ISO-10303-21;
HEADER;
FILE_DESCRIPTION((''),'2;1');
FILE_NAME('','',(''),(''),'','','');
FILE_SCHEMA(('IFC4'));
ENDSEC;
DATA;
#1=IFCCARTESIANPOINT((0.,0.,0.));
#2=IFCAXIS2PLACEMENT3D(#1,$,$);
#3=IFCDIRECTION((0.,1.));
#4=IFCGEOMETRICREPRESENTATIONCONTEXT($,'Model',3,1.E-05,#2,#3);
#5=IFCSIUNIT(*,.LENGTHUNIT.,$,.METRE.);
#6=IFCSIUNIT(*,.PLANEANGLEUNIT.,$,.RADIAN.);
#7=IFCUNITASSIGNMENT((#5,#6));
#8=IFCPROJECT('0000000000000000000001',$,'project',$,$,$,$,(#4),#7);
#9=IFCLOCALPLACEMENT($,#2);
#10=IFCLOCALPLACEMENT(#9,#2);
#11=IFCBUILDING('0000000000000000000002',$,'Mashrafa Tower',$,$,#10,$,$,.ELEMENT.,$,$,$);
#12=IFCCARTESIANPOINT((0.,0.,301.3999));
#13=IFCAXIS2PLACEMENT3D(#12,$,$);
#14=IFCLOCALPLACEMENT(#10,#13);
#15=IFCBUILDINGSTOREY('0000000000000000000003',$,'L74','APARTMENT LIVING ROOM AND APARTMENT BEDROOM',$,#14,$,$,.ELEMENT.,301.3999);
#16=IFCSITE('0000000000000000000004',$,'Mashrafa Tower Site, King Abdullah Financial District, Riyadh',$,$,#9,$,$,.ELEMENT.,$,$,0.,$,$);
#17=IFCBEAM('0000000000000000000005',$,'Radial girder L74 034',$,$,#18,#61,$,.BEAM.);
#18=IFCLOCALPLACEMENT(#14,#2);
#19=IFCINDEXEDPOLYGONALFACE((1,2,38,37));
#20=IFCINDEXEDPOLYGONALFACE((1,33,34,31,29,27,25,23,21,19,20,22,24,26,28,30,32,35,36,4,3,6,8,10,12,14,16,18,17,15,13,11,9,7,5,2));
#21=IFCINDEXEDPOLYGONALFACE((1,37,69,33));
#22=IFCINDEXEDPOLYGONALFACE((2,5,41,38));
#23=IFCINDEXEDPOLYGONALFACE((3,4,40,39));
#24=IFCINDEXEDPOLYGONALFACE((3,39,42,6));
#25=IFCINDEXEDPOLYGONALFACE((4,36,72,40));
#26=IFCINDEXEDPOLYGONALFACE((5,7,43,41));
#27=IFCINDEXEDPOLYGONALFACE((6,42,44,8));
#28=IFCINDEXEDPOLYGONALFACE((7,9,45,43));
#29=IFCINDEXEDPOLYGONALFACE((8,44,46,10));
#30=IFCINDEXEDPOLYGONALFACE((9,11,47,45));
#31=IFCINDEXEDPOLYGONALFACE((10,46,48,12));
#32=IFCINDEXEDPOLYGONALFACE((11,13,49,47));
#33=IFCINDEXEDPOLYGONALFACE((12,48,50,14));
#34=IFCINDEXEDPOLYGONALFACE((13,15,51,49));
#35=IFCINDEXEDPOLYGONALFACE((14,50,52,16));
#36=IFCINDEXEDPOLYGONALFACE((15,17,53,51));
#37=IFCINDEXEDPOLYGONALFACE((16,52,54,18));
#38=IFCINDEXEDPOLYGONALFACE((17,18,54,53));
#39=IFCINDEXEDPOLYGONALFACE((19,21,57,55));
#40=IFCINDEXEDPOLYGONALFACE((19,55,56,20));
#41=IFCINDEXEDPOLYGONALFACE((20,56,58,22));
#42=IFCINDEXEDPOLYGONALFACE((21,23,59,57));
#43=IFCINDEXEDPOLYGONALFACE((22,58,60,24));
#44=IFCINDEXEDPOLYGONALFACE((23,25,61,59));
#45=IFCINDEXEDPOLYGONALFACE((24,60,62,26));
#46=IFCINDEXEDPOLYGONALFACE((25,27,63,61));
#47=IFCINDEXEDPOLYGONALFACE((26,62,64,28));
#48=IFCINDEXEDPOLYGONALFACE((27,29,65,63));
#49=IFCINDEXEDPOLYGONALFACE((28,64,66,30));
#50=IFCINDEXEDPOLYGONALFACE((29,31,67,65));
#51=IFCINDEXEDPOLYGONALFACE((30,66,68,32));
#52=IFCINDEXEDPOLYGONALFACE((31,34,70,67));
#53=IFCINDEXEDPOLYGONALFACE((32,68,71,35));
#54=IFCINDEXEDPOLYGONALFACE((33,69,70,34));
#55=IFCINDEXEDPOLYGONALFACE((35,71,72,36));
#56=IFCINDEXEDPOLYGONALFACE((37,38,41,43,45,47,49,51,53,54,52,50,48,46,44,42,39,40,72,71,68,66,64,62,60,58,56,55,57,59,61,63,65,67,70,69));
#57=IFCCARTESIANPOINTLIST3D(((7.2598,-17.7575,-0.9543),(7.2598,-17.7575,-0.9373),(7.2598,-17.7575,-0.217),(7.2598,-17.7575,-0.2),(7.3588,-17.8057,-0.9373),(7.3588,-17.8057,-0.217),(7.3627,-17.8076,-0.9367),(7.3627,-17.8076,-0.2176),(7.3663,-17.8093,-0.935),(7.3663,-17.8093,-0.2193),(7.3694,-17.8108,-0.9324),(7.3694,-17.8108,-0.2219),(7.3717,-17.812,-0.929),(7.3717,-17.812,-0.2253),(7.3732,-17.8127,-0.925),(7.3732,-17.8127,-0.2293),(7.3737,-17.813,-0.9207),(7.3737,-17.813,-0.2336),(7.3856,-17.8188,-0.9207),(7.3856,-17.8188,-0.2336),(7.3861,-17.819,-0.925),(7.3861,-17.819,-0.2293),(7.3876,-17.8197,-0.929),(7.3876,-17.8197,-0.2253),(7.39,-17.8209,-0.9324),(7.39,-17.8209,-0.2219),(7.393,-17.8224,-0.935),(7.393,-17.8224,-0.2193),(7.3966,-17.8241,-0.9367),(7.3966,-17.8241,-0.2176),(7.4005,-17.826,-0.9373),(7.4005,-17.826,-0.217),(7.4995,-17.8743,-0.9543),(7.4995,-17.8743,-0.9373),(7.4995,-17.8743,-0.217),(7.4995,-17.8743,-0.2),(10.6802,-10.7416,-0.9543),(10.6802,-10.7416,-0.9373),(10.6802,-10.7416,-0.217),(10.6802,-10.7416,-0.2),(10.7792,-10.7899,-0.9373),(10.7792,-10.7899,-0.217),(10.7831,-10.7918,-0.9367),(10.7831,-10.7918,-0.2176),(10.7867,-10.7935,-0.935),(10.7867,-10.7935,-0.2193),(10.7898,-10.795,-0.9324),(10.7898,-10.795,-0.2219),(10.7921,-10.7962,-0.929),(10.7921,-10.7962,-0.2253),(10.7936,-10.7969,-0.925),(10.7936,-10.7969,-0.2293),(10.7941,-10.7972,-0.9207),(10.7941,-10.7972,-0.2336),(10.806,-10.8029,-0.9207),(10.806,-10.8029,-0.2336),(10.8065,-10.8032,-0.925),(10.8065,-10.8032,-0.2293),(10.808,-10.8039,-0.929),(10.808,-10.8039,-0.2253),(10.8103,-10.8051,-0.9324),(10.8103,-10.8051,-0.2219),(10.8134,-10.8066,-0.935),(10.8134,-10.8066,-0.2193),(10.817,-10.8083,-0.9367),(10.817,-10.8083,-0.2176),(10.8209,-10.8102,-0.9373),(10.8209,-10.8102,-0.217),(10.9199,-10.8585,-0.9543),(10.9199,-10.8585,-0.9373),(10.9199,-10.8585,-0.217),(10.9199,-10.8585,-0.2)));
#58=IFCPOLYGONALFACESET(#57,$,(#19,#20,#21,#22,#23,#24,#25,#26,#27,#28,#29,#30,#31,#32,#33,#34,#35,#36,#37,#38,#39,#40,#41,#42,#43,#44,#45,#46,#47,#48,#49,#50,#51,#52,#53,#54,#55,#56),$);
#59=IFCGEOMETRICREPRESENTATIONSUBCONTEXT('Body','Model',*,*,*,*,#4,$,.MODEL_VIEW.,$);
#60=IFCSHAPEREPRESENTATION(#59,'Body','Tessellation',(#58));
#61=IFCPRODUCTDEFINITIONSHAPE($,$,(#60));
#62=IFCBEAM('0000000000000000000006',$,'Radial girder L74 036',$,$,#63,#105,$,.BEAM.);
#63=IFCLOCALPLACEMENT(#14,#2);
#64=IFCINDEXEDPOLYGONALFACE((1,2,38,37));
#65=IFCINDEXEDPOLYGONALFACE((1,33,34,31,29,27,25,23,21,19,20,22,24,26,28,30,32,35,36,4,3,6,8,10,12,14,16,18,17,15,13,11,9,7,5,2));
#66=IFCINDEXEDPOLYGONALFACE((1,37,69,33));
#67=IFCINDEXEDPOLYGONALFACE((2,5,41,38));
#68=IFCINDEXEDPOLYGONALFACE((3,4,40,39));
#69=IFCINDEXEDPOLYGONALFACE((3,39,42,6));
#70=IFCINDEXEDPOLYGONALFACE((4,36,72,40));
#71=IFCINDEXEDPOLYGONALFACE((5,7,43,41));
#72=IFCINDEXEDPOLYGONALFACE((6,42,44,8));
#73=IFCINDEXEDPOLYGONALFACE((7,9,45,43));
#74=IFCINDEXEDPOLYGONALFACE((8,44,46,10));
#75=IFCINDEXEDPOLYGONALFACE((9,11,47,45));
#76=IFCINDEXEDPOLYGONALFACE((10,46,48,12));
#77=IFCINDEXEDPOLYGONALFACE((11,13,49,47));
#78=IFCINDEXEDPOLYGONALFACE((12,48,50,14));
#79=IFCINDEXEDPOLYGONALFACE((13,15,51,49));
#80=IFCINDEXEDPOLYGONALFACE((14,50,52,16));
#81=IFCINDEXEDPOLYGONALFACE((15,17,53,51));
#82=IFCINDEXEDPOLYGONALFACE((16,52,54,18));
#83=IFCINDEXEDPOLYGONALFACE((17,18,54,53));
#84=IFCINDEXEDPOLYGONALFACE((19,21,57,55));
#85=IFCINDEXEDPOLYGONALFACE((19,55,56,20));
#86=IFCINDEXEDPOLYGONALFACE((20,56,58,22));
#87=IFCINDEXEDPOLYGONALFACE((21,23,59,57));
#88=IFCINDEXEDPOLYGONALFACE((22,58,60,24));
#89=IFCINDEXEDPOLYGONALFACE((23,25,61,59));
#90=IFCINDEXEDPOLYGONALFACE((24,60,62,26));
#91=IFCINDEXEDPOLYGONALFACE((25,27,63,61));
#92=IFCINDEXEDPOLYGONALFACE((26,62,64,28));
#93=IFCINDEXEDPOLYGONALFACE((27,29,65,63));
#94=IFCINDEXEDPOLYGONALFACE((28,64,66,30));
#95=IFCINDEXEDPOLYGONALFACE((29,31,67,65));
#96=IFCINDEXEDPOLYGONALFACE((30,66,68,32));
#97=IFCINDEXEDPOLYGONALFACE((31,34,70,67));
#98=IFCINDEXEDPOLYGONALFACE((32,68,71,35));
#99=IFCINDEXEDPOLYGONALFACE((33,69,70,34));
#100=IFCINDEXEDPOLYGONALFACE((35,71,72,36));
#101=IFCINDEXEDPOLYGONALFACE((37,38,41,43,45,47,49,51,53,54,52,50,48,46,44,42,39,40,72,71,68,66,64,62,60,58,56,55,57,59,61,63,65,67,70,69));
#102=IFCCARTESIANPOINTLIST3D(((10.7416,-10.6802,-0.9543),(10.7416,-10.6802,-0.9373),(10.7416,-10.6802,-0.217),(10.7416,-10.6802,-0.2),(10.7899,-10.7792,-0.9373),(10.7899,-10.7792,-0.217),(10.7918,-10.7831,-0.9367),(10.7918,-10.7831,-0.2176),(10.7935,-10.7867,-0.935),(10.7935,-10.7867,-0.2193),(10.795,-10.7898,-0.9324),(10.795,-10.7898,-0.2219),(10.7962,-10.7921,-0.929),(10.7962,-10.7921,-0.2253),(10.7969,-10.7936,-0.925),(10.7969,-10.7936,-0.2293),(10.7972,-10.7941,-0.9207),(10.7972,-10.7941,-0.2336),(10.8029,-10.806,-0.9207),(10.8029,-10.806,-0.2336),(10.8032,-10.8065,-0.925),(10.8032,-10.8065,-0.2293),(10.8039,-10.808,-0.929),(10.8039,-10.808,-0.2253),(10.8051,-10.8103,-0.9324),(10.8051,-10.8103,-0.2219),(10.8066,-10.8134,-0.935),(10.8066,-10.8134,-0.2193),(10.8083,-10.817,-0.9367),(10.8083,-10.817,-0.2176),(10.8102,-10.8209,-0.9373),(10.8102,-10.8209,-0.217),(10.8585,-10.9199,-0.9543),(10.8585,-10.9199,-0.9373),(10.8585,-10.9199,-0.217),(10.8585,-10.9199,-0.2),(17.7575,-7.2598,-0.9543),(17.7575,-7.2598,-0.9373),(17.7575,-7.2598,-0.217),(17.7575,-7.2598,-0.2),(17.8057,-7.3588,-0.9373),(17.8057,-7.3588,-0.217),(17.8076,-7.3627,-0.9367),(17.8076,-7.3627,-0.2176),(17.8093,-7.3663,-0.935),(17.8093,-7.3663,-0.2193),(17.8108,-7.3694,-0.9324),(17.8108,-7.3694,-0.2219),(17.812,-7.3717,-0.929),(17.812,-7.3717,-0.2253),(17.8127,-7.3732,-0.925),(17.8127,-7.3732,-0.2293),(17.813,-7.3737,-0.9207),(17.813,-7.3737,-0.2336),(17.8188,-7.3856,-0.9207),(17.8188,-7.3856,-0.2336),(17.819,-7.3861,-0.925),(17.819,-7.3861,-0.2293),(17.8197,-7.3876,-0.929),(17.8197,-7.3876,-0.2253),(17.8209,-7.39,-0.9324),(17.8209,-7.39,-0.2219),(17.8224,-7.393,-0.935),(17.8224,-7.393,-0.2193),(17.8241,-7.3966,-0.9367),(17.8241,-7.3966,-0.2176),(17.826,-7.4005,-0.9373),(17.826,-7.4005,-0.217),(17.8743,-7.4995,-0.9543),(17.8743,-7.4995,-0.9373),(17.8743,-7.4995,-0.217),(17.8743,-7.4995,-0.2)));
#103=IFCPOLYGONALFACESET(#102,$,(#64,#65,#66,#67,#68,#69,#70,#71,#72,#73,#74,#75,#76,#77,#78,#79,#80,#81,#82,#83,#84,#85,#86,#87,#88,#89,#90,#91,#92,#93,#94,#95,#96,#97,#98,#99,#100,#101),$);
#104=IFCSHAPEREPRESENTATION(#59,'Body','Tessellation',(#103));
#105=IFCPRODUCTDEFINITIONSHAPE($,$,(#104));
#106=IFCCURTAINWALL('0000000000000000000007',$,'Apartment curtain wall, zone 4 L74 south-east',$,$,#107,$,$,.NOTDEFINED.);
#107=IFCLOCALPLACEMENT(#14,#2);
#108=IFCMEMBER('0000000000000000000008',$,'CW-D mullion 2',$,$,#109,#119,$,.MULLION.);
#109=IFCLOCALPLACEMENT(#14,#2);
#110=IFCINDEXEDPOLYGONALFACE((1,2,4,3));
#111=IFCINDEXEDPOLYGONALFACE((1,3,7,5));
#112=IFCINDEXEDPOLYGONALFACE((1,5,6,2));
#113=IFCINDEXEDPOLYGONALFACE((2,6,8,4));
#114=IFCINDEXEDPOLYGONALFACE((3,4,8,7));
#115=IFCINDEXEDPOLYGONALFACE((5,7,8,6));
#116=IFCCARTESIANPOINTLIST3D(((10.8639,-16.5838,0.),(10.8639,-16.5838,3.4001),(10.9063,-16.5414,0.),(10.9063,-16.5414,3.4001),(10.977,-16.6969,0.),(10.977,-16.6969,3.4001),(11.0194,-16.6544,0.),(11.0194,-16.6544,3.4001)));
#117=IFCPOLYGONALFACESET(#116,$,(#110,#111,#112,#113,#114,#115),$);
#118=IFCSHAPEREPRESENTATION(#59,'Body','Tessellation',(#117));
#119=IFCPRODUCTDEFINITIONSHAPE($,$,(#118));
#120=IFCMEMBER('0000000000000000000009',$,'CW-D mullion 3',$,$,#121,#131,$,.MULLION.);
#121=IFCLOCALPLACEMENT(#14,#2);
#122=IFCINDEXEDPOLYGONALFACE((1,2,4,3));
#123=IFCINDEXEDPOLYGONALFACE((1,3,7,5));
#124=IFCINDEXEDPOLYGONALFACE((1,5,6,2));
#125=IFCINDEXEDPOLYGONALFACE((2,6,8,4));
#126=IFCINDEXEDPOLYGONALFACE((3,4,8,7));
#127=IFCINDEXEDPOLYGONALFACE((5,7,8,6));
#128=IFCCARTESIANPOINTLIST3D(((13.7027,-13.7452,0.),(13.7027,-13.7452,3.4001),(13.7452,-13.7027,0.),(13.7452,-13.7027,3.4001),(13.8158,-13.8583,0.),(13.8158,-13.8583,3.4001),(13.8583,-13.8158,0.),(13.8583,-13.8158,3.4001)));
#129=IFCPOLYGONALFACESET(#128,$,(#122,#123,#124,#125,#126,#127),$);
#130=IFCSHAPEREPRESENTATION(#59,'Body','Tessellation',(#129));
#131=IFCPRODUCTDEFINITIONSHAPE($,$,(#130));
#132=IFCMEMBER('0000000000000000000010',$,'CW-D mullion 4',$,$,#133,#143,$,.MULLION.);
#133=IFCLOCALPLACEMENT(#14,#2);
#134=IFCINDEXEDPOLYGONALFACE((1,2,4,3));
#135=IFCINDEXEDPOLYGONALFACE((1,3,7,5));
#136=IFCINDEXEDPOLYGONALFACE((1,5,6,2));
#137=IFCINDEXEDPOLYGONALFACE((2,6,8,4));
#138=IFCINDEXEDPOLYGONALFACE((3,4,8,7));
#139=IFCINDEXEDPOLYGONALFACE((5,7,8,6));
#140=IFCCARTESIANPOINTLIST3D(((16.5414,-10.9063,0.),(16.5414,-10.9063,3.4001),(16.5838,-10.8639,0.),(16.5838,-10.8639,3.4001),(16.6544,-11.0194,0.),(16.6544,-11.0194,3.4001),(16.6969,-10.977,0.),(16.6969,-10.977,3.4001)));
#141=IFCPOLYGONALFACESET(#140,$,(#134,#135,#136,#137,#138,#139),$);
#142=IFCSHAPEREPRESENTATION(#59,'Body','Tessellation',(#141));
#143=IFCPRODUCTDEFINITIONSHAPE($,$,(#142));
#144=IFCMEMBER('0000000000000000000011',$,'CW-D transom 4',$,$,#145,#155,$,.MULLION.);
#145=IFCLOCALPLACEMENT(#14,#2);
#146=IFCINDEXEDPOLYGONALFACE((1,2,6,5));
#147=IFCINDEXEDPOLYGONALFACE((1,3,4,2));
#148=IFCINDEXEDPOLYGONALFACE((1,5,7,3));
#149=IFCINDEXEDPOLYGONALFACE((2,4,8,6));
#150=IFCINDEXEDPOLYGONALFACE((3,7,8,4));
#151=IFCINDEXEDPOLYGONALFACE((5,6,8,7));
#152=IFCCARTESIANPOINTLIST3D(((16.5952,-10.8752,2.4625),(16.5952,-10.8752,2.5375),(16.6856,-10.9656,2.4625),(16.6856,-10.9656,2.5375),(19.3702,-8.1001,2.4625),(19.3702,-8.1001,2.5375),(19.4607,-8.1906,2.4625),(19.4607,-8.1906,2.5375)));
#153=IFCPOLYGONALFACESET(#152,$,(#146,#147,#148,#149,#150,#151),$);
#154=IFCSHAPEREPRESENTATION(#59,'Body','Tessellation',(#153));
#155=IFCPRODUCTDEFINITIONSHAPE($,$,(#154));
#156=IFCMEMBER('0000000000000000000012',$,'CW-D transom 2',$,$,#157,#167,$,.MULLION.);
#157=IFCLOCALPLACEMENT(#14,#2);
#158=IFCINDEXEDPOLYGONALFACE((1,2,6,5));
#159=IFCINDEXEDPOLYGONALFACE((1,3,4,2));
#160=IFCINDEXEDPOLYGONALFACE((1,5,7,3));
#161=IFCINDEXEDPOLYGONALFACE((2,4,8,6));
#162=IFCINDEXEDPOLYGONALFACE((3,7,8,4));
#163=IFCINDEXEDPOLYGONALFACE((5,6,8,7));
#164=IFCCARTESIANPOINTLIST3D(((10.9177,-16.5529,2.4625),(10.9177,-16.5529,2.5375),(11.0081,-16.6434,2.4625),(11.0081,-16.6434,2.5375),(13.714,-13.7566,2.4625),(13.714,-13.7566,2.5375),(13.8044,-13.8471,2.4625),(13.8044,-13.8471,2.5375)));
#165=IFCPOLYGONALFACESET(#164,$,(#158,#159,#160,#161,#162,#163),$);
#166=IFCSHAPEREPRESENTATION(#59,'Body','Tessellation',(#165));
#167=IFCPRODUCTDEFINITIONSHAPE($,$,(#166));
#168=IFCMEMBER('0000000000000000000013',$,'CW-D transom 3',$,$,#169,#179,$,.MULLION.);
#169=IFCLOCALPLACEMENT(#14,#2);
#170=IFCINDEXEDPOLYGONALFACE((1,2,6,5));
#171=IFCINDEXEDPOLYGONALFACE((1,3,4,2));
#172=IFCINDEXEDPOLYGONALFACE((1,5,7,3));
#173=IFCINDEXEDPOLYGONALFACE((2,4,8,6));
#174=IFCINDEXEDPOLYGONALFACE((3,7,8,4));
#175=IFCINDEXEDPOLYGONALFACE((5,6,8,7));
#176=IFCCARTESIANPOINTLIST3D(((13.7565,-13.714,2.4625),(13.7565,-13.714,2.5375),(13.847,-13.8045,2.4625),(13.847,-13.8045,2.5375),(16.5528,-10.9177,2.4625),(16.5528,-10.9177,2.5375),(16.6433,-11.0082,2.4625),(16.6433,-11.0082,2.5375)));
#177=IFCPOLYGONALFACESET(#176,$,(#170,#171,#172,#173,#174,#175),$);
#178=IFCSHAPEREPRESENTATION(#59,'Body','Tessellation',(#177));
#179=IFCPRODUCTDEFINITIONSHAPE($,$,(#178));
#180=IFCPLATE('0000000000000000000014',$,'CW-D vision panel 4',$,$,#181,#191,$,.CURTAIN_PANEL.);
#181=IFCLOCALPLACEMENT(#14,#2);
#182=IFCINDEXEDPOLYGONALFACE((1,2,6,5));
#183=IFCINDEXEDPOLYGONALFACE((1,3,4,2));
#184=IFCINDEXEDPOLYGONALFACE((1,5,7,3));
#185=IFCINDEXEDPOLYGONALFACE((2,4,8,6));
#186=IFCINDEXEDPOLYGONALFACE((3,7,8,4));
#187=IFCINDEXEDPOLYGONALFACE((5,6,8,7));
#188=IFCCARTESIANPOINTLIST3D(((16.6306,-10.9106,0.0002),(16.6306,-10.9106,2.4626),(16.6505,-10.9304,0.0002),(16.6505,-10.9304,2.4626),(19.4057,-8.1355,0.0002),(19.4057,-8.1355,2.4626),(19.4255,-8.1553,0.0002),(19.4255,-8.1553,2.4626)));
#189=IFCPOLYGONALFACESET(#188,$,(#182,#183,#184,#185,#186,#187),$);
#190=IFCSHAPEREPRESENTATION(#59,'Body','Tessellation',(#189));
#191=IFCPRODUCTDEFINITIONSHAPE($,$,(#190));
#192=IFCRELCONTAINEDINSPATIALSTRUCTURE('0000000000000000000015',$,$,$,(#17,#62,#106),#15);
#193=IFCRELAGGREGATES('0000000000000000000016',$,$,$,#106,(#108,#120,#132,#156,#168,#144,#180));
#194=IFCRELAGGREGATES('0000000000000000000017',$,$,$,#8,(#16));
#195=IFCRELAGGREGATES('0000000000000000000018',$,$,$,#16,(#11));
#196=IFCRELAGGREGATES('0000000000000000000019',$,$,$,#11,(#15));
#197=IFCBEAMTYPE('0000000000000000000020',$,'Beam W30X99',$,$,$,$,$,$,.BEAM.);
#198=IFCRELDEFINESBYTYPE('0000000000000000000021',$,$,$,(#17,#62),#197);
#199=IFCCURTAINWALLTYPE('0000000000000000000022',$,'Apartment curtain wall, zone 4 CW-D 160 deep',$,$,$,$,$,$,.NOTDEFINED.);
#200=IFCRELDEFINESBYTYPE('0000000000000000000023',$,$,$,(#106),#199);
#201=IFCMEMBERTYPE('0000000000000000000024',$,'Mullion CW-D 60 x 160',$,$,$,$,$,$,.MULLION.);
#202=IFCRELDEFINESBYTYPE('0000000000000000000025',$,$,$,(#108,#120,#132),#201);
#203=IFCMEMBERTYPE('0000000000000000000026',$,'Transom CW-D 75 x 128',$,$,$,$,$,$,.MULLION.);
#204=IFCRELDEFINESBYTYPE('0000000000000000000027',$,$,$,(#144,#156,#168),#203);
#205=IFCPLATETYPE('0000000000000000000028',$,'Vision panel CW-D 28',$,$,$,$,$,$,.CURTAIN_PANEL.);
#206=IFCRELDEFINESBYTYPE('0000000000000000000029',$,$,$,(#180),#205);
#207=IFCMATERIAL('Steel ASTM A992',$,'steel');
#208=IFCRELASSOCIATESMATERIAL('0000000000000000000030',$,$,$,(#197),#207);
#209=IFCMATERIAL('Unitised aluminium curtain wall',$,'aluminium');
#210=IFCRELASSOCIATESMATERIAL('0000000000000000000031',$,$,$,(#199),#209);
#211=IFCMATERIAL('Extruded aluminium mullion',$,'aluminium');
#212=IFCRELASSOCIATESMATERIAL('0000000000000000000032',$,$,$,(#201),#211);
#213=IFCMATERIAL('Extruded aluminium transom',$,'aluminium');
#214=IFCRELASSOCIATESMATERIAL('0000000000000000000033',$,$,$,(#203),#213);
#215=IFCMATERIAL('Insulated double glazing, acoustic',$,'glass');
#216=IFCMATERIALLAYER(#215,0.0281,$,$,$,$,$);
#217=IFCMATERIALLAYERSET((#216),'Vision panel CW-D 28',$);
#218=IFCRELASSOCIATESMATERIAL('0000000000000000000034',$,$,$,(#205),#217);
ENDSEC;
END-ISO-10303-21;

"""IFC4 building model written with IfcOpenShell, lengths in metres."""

from ifc_helpers import new_model, si_unit, direction, frame, origin, origin_2d, place, context, subcontext, project, spatial, rectangle, i_section, extrude, source, transform, mapped, material, layer, layer_set, material_profile, profile_set, type_object, type_shapes, element, aggregate, save


model = new_model("IFC4")

# Units and contexts
model_context = context("Model", 3, precision=1e-05, world=origin(), true_north=direction((0.0, 1.0)))
body_context = subcontext(model_context, "Body", "Model", "MODEL_VIEW")
ifc_project = project(units=[si_unit("LENGTHUNIT", "METRE"), si_unit("PLANEANGLEUNIT", "RADIAN")], contexts=[model_context])

# Site, building, storey
site_placement = place(None, origin())
site = spatial("IfcSite", under=ifc_project, at=site_placement, Name="Mashrafa Tower Site, King Abdullah Financial District, Riyadh", CompositionType="ELEMENT", RefElevation=0.0)
building_placement = place(site_placement, origin())
building = spatial("IfcBuilding", under=site, at=building_placement, Name="Mashrafa Tower", CompositionType="ELEMENT")
storey_placement = place(building_placement, frame((0.0, 0.0, 301.3999)))
storey = spatial("IfcBuildingStorey", under=building, at=storey_placement, Name="L74", Description="APARTMENT LIVING ROOM AND APARTMENT BEDROOM", CompositionType="ELEMENT", Elevation=301.3999)

# Beams
ifc_material_1 = material(Name="Steel ASTM A992", Category="steel")
ifc_material_profile_1 = material_profile(ifc_material_1, i_section(OverallWidth=0.2666, OverallDepth=0.7544, WebThickness=0.0132, FlangeThickness=0.0171, FilletRadius=0.0166, at=origin_2d()), Name="W30X99")
ifc_profile_set_1 = profile_set([ifc_material_profile_1], Name="Steel ASTM A992")
beam_type_1 = type_object("IfcBeamType", Name="Beam W30X99", PredefinedType="BEAM", material=ifc_profile_set_1)
for number, where, z_axis, x_axis, name in (
    (1, (10.8, -10.8, -0.5771), (-0.43822, -0.898868, 0.0), (0.898868, -0.43822, 0.0), "Radial girder L74 034"),
    (2, (10.8, -10.8, -0.5771), (0.898868, 0.43822, 0.0), (-0.43822, 0.898868, 0.0), "Radial girder L74 036"),
):
    element("IfcBeam", number, at=place(storey_placement, frame(where, z_axis=z_axis, x_axis=x_axis)), inside=storey, type_object=beam_type_1, Name=name, PredefinedType="BEAM", context=body_context, shape_type="SweptSolid", body=[
        extrude(i_section(OverallWidth=0.2666, OverallDepth=0.7544, WebThickness=0.0132, FlangeThickness=0.0171, FilletRadius=0.0166, at=origin_2d()), origin(), (0.0, 0.0, 1.0), 7.8052),
    ])

# Curtain wall, members, plate
ifc_material_2 = material(Name="Unitised aluminium curtain wall", Category="aluminium")
curtain_wall_type = type_object("IfcCurtainWallType", Name="Apartment curtain wall, zone 4 CW-D 160 deep", PredefinedType="NOTDEFINED", material=ifc_material_2)
curtain_wall_placement = place(storey_placement, origin())
curtain_wall = element("IfcCurtainWall", 3, at=curtain_wall_placement, inside=storey, type_object=curtain_wall_type, Name="Apartment curtain wall, zone 4 L74 south-east", PredefinedType="NOTDEFINED")
ifc_material_3 = material(Name="Extruded aluminium mullion", Category="aluminium")
ifc_material_profile_2 = material_profile(ifc_material_3, rectangle(XDim=0.1599, YDim=0.0601, at=origin_2d()), Name="Mullion 60x160")
ifc_profile_set_2 = profile_set([ifc_material_profile_2], Name="Extruded aluminium mullion")
member_type_1 = type_object("IfcMemberType", Name="Mullion CW-D 60 x 160", PredefinedType="MULLION", material=ifc_profile_set_2)
shared_shape_1 = source(origin(), body_context, "Body", "SweptSolid", [
    extrude(rectangle(XDim=0.1599, YDim=0.0601, at=origin_2d()), origin(), (0.0, 0.0, 1.0), 3.4001),
])
type_shapes(member_type_1, [shared_shape_1])
member_1_placement = place(storey_placement, frame((10.9417, -16.6191, 0.0), z_axis=(0.0, 0.0, 1.0), x_axis=(-0.707107, 0.707107, 0.0)))
member_1 = element("IfcMember", 4, at=member_1_placement, type_object=member_type_1, Name="CW-D mullion 2", PredefinedType="MULLION", context=body_context, shape_type="MappedRepresentation", body=[
    mapped(shared_shape_1, transform((0.0, 0.0, 0.0))),
])
member_2_placement = place(storey_placement, frame((13.7805, -13.7805, 0.0), z_axis=(0.0, 0.0, 1.0), x_axis=(-0.707107, 0.707107, 0.0)))
member_2 = element("IfcMember", 5, at=member_2_placement, type_object=member_type_1, Name="CW-D mullion 3", PredefinedType="MULLION", context=body_context, shape_type="MappedRepresentation", body=[
    mapped(shared_shape_1, transform((0.0, 0.0, 0.0))),
])
member_3_placement = place(storey_placement, frame((16.6191, -10.9417, 0.0), z_axis=(0.0, 0.0, 1.0), x_axis=(-0.707107, 0.707107, 0.0)))
member_3 = element("IfcMember", 6, at=member_3_placement, type_object=member_type_1, Name="CW-D mullion 4", PredefinedType="MULLION", context=body_context, shape_type="MappedRepresentation", body=[
    mapped(shared_shape_1, transform((0.0, 0.0, 0.0))),
])
ifc_material_4 = material(Name="Extruded aluminium transom", Category="aluminium")
ifc_material_profile_3 = material_profile(ifc_material_4, rectangle(XDim=0.1279, YDim=0.075, at=origin_2d()), Name="Transom 75x128")
ifc_profile_set_3 = profile_set([ifc_material_profile_3], Name="Extruded aluminium transom")
member_type_2 = type_object("IfcMemberType", Name="Transom CW-D 75 x 128", PredefinedType="MULLION", material=ifc_profile_set_3)
shared_shape_2 = source(origin(), body_context, "Body", "SweptSolid", [
    extrude(rectangle(XDim=0.1279, YDim=0.075, at=origin_2d()), origin(), (0.0, 0.0, 1.0), 3.9246),
])
member_4_placement = place(storey_placement, frame((16.6404, -10.9204, 2.5), z_axis=(0.707107, 0.707107, 0.0), x_axis=(-0.707107, 0.707107, 0.0)))
member_4 = element("IfcMember", 7, at=member_4_placement, type_object=member_type_2, Name="CW-D transom 4", PredefinedType="MULLION", context=body_context, shape_type="MappedRepresentation", body=[
    mapped(shared_shape_2, transform((0.0, 0.0, 0.0))),
])
shared_shape_3 = source(origin(), body_context, "Body", "SweptSolid", [
    extrude(rectangle(XDim=0.1279, YDim=0.075, at=origin_2d()), origin(), (0.0, 0.0, 1.0), 3.9546),
])
type_shapes(member_type_2, [shared_shape_2, shared_shape_3])
member_5_placement = place(storey_placement, frame((10.9629, -16.5981, 2.5), z_axis=(0.707107, 0.707107, 0.0), x_axis=(-0.707107, 0.707107, 0.0)))
member_5 = element("IfcMember", 8, at=member_5_placement, type_object=member_type_2, Name="CW-D transom 2", PredefinedType="MULLION", context=body_context, shape_type="MappedRepresentation", body=[
    mapped(shared_shape_3, transform((0.0, 0.0, 0.0))),
])
member_6_placement = place(storey_placement, frame((13.8018, -13.7593, 2.5), z_axis=(0.707107, 0.707107, 0.0), x_axis=(-0.707107, 0.707107, 0.0)))
member_6 = element("IfcMember", 9, at=member_6_placement, type_object=member_type_2, Name="CW-D transom 3", PredefinedType="MULLION", context=body_context, shape_type="MappedRepresentation", body=[
    mapped(shared_shape_3, transform((0.0, 0.0, 0.0))),
])
ifc_material_5 = material(Name="Insulated double glazing, acoustic", Category="glass")
ifc_layer_1 = layer(ifc_material_5, 0.0281)
ifc_layer_set_1 = layer_set([ifc_layer_1], Name="Vision panel CW-D 28")
plate_type_1 = type_object("IfcPlateType", Name="Vision panel CW-D 28", PredefinedType="CURTAIN_PANEL", material=ifc_layer_set_1)
shared_shape_4 = source(origin(), body_context, "Body", "SweptSolid", [
    extrude(rectangle(XDim=3.9246, YDim=0.0281, at=origin_2d()), origin(), (0.0, 0.0, 1.0), 2.4624),
])
plate_1_placement = place(storey_placement, frame((18.0281, -9.533, 0.0002), z_axis=(0.0, 0.0, 1.0), x_axis=(0.707107, 0.707107, 0.0)))
plate_1 = element("IfcPlate", 10, at=plate_1_placement, type_object=plate_type_1, Name="CW-D vision panel 4", PredefinedType="CURTAIN_PANEL", context=body_context, shape_type="MappedRepresentation", body=[
    mapped(shared_shape_4, transform((0.0, 0.0, 0.0))),
])
aggregate(curtain_wall, [member_1, member_2, member_3, member_5, member_6, member_4, plate_1])

save(model, "model.ifc")
